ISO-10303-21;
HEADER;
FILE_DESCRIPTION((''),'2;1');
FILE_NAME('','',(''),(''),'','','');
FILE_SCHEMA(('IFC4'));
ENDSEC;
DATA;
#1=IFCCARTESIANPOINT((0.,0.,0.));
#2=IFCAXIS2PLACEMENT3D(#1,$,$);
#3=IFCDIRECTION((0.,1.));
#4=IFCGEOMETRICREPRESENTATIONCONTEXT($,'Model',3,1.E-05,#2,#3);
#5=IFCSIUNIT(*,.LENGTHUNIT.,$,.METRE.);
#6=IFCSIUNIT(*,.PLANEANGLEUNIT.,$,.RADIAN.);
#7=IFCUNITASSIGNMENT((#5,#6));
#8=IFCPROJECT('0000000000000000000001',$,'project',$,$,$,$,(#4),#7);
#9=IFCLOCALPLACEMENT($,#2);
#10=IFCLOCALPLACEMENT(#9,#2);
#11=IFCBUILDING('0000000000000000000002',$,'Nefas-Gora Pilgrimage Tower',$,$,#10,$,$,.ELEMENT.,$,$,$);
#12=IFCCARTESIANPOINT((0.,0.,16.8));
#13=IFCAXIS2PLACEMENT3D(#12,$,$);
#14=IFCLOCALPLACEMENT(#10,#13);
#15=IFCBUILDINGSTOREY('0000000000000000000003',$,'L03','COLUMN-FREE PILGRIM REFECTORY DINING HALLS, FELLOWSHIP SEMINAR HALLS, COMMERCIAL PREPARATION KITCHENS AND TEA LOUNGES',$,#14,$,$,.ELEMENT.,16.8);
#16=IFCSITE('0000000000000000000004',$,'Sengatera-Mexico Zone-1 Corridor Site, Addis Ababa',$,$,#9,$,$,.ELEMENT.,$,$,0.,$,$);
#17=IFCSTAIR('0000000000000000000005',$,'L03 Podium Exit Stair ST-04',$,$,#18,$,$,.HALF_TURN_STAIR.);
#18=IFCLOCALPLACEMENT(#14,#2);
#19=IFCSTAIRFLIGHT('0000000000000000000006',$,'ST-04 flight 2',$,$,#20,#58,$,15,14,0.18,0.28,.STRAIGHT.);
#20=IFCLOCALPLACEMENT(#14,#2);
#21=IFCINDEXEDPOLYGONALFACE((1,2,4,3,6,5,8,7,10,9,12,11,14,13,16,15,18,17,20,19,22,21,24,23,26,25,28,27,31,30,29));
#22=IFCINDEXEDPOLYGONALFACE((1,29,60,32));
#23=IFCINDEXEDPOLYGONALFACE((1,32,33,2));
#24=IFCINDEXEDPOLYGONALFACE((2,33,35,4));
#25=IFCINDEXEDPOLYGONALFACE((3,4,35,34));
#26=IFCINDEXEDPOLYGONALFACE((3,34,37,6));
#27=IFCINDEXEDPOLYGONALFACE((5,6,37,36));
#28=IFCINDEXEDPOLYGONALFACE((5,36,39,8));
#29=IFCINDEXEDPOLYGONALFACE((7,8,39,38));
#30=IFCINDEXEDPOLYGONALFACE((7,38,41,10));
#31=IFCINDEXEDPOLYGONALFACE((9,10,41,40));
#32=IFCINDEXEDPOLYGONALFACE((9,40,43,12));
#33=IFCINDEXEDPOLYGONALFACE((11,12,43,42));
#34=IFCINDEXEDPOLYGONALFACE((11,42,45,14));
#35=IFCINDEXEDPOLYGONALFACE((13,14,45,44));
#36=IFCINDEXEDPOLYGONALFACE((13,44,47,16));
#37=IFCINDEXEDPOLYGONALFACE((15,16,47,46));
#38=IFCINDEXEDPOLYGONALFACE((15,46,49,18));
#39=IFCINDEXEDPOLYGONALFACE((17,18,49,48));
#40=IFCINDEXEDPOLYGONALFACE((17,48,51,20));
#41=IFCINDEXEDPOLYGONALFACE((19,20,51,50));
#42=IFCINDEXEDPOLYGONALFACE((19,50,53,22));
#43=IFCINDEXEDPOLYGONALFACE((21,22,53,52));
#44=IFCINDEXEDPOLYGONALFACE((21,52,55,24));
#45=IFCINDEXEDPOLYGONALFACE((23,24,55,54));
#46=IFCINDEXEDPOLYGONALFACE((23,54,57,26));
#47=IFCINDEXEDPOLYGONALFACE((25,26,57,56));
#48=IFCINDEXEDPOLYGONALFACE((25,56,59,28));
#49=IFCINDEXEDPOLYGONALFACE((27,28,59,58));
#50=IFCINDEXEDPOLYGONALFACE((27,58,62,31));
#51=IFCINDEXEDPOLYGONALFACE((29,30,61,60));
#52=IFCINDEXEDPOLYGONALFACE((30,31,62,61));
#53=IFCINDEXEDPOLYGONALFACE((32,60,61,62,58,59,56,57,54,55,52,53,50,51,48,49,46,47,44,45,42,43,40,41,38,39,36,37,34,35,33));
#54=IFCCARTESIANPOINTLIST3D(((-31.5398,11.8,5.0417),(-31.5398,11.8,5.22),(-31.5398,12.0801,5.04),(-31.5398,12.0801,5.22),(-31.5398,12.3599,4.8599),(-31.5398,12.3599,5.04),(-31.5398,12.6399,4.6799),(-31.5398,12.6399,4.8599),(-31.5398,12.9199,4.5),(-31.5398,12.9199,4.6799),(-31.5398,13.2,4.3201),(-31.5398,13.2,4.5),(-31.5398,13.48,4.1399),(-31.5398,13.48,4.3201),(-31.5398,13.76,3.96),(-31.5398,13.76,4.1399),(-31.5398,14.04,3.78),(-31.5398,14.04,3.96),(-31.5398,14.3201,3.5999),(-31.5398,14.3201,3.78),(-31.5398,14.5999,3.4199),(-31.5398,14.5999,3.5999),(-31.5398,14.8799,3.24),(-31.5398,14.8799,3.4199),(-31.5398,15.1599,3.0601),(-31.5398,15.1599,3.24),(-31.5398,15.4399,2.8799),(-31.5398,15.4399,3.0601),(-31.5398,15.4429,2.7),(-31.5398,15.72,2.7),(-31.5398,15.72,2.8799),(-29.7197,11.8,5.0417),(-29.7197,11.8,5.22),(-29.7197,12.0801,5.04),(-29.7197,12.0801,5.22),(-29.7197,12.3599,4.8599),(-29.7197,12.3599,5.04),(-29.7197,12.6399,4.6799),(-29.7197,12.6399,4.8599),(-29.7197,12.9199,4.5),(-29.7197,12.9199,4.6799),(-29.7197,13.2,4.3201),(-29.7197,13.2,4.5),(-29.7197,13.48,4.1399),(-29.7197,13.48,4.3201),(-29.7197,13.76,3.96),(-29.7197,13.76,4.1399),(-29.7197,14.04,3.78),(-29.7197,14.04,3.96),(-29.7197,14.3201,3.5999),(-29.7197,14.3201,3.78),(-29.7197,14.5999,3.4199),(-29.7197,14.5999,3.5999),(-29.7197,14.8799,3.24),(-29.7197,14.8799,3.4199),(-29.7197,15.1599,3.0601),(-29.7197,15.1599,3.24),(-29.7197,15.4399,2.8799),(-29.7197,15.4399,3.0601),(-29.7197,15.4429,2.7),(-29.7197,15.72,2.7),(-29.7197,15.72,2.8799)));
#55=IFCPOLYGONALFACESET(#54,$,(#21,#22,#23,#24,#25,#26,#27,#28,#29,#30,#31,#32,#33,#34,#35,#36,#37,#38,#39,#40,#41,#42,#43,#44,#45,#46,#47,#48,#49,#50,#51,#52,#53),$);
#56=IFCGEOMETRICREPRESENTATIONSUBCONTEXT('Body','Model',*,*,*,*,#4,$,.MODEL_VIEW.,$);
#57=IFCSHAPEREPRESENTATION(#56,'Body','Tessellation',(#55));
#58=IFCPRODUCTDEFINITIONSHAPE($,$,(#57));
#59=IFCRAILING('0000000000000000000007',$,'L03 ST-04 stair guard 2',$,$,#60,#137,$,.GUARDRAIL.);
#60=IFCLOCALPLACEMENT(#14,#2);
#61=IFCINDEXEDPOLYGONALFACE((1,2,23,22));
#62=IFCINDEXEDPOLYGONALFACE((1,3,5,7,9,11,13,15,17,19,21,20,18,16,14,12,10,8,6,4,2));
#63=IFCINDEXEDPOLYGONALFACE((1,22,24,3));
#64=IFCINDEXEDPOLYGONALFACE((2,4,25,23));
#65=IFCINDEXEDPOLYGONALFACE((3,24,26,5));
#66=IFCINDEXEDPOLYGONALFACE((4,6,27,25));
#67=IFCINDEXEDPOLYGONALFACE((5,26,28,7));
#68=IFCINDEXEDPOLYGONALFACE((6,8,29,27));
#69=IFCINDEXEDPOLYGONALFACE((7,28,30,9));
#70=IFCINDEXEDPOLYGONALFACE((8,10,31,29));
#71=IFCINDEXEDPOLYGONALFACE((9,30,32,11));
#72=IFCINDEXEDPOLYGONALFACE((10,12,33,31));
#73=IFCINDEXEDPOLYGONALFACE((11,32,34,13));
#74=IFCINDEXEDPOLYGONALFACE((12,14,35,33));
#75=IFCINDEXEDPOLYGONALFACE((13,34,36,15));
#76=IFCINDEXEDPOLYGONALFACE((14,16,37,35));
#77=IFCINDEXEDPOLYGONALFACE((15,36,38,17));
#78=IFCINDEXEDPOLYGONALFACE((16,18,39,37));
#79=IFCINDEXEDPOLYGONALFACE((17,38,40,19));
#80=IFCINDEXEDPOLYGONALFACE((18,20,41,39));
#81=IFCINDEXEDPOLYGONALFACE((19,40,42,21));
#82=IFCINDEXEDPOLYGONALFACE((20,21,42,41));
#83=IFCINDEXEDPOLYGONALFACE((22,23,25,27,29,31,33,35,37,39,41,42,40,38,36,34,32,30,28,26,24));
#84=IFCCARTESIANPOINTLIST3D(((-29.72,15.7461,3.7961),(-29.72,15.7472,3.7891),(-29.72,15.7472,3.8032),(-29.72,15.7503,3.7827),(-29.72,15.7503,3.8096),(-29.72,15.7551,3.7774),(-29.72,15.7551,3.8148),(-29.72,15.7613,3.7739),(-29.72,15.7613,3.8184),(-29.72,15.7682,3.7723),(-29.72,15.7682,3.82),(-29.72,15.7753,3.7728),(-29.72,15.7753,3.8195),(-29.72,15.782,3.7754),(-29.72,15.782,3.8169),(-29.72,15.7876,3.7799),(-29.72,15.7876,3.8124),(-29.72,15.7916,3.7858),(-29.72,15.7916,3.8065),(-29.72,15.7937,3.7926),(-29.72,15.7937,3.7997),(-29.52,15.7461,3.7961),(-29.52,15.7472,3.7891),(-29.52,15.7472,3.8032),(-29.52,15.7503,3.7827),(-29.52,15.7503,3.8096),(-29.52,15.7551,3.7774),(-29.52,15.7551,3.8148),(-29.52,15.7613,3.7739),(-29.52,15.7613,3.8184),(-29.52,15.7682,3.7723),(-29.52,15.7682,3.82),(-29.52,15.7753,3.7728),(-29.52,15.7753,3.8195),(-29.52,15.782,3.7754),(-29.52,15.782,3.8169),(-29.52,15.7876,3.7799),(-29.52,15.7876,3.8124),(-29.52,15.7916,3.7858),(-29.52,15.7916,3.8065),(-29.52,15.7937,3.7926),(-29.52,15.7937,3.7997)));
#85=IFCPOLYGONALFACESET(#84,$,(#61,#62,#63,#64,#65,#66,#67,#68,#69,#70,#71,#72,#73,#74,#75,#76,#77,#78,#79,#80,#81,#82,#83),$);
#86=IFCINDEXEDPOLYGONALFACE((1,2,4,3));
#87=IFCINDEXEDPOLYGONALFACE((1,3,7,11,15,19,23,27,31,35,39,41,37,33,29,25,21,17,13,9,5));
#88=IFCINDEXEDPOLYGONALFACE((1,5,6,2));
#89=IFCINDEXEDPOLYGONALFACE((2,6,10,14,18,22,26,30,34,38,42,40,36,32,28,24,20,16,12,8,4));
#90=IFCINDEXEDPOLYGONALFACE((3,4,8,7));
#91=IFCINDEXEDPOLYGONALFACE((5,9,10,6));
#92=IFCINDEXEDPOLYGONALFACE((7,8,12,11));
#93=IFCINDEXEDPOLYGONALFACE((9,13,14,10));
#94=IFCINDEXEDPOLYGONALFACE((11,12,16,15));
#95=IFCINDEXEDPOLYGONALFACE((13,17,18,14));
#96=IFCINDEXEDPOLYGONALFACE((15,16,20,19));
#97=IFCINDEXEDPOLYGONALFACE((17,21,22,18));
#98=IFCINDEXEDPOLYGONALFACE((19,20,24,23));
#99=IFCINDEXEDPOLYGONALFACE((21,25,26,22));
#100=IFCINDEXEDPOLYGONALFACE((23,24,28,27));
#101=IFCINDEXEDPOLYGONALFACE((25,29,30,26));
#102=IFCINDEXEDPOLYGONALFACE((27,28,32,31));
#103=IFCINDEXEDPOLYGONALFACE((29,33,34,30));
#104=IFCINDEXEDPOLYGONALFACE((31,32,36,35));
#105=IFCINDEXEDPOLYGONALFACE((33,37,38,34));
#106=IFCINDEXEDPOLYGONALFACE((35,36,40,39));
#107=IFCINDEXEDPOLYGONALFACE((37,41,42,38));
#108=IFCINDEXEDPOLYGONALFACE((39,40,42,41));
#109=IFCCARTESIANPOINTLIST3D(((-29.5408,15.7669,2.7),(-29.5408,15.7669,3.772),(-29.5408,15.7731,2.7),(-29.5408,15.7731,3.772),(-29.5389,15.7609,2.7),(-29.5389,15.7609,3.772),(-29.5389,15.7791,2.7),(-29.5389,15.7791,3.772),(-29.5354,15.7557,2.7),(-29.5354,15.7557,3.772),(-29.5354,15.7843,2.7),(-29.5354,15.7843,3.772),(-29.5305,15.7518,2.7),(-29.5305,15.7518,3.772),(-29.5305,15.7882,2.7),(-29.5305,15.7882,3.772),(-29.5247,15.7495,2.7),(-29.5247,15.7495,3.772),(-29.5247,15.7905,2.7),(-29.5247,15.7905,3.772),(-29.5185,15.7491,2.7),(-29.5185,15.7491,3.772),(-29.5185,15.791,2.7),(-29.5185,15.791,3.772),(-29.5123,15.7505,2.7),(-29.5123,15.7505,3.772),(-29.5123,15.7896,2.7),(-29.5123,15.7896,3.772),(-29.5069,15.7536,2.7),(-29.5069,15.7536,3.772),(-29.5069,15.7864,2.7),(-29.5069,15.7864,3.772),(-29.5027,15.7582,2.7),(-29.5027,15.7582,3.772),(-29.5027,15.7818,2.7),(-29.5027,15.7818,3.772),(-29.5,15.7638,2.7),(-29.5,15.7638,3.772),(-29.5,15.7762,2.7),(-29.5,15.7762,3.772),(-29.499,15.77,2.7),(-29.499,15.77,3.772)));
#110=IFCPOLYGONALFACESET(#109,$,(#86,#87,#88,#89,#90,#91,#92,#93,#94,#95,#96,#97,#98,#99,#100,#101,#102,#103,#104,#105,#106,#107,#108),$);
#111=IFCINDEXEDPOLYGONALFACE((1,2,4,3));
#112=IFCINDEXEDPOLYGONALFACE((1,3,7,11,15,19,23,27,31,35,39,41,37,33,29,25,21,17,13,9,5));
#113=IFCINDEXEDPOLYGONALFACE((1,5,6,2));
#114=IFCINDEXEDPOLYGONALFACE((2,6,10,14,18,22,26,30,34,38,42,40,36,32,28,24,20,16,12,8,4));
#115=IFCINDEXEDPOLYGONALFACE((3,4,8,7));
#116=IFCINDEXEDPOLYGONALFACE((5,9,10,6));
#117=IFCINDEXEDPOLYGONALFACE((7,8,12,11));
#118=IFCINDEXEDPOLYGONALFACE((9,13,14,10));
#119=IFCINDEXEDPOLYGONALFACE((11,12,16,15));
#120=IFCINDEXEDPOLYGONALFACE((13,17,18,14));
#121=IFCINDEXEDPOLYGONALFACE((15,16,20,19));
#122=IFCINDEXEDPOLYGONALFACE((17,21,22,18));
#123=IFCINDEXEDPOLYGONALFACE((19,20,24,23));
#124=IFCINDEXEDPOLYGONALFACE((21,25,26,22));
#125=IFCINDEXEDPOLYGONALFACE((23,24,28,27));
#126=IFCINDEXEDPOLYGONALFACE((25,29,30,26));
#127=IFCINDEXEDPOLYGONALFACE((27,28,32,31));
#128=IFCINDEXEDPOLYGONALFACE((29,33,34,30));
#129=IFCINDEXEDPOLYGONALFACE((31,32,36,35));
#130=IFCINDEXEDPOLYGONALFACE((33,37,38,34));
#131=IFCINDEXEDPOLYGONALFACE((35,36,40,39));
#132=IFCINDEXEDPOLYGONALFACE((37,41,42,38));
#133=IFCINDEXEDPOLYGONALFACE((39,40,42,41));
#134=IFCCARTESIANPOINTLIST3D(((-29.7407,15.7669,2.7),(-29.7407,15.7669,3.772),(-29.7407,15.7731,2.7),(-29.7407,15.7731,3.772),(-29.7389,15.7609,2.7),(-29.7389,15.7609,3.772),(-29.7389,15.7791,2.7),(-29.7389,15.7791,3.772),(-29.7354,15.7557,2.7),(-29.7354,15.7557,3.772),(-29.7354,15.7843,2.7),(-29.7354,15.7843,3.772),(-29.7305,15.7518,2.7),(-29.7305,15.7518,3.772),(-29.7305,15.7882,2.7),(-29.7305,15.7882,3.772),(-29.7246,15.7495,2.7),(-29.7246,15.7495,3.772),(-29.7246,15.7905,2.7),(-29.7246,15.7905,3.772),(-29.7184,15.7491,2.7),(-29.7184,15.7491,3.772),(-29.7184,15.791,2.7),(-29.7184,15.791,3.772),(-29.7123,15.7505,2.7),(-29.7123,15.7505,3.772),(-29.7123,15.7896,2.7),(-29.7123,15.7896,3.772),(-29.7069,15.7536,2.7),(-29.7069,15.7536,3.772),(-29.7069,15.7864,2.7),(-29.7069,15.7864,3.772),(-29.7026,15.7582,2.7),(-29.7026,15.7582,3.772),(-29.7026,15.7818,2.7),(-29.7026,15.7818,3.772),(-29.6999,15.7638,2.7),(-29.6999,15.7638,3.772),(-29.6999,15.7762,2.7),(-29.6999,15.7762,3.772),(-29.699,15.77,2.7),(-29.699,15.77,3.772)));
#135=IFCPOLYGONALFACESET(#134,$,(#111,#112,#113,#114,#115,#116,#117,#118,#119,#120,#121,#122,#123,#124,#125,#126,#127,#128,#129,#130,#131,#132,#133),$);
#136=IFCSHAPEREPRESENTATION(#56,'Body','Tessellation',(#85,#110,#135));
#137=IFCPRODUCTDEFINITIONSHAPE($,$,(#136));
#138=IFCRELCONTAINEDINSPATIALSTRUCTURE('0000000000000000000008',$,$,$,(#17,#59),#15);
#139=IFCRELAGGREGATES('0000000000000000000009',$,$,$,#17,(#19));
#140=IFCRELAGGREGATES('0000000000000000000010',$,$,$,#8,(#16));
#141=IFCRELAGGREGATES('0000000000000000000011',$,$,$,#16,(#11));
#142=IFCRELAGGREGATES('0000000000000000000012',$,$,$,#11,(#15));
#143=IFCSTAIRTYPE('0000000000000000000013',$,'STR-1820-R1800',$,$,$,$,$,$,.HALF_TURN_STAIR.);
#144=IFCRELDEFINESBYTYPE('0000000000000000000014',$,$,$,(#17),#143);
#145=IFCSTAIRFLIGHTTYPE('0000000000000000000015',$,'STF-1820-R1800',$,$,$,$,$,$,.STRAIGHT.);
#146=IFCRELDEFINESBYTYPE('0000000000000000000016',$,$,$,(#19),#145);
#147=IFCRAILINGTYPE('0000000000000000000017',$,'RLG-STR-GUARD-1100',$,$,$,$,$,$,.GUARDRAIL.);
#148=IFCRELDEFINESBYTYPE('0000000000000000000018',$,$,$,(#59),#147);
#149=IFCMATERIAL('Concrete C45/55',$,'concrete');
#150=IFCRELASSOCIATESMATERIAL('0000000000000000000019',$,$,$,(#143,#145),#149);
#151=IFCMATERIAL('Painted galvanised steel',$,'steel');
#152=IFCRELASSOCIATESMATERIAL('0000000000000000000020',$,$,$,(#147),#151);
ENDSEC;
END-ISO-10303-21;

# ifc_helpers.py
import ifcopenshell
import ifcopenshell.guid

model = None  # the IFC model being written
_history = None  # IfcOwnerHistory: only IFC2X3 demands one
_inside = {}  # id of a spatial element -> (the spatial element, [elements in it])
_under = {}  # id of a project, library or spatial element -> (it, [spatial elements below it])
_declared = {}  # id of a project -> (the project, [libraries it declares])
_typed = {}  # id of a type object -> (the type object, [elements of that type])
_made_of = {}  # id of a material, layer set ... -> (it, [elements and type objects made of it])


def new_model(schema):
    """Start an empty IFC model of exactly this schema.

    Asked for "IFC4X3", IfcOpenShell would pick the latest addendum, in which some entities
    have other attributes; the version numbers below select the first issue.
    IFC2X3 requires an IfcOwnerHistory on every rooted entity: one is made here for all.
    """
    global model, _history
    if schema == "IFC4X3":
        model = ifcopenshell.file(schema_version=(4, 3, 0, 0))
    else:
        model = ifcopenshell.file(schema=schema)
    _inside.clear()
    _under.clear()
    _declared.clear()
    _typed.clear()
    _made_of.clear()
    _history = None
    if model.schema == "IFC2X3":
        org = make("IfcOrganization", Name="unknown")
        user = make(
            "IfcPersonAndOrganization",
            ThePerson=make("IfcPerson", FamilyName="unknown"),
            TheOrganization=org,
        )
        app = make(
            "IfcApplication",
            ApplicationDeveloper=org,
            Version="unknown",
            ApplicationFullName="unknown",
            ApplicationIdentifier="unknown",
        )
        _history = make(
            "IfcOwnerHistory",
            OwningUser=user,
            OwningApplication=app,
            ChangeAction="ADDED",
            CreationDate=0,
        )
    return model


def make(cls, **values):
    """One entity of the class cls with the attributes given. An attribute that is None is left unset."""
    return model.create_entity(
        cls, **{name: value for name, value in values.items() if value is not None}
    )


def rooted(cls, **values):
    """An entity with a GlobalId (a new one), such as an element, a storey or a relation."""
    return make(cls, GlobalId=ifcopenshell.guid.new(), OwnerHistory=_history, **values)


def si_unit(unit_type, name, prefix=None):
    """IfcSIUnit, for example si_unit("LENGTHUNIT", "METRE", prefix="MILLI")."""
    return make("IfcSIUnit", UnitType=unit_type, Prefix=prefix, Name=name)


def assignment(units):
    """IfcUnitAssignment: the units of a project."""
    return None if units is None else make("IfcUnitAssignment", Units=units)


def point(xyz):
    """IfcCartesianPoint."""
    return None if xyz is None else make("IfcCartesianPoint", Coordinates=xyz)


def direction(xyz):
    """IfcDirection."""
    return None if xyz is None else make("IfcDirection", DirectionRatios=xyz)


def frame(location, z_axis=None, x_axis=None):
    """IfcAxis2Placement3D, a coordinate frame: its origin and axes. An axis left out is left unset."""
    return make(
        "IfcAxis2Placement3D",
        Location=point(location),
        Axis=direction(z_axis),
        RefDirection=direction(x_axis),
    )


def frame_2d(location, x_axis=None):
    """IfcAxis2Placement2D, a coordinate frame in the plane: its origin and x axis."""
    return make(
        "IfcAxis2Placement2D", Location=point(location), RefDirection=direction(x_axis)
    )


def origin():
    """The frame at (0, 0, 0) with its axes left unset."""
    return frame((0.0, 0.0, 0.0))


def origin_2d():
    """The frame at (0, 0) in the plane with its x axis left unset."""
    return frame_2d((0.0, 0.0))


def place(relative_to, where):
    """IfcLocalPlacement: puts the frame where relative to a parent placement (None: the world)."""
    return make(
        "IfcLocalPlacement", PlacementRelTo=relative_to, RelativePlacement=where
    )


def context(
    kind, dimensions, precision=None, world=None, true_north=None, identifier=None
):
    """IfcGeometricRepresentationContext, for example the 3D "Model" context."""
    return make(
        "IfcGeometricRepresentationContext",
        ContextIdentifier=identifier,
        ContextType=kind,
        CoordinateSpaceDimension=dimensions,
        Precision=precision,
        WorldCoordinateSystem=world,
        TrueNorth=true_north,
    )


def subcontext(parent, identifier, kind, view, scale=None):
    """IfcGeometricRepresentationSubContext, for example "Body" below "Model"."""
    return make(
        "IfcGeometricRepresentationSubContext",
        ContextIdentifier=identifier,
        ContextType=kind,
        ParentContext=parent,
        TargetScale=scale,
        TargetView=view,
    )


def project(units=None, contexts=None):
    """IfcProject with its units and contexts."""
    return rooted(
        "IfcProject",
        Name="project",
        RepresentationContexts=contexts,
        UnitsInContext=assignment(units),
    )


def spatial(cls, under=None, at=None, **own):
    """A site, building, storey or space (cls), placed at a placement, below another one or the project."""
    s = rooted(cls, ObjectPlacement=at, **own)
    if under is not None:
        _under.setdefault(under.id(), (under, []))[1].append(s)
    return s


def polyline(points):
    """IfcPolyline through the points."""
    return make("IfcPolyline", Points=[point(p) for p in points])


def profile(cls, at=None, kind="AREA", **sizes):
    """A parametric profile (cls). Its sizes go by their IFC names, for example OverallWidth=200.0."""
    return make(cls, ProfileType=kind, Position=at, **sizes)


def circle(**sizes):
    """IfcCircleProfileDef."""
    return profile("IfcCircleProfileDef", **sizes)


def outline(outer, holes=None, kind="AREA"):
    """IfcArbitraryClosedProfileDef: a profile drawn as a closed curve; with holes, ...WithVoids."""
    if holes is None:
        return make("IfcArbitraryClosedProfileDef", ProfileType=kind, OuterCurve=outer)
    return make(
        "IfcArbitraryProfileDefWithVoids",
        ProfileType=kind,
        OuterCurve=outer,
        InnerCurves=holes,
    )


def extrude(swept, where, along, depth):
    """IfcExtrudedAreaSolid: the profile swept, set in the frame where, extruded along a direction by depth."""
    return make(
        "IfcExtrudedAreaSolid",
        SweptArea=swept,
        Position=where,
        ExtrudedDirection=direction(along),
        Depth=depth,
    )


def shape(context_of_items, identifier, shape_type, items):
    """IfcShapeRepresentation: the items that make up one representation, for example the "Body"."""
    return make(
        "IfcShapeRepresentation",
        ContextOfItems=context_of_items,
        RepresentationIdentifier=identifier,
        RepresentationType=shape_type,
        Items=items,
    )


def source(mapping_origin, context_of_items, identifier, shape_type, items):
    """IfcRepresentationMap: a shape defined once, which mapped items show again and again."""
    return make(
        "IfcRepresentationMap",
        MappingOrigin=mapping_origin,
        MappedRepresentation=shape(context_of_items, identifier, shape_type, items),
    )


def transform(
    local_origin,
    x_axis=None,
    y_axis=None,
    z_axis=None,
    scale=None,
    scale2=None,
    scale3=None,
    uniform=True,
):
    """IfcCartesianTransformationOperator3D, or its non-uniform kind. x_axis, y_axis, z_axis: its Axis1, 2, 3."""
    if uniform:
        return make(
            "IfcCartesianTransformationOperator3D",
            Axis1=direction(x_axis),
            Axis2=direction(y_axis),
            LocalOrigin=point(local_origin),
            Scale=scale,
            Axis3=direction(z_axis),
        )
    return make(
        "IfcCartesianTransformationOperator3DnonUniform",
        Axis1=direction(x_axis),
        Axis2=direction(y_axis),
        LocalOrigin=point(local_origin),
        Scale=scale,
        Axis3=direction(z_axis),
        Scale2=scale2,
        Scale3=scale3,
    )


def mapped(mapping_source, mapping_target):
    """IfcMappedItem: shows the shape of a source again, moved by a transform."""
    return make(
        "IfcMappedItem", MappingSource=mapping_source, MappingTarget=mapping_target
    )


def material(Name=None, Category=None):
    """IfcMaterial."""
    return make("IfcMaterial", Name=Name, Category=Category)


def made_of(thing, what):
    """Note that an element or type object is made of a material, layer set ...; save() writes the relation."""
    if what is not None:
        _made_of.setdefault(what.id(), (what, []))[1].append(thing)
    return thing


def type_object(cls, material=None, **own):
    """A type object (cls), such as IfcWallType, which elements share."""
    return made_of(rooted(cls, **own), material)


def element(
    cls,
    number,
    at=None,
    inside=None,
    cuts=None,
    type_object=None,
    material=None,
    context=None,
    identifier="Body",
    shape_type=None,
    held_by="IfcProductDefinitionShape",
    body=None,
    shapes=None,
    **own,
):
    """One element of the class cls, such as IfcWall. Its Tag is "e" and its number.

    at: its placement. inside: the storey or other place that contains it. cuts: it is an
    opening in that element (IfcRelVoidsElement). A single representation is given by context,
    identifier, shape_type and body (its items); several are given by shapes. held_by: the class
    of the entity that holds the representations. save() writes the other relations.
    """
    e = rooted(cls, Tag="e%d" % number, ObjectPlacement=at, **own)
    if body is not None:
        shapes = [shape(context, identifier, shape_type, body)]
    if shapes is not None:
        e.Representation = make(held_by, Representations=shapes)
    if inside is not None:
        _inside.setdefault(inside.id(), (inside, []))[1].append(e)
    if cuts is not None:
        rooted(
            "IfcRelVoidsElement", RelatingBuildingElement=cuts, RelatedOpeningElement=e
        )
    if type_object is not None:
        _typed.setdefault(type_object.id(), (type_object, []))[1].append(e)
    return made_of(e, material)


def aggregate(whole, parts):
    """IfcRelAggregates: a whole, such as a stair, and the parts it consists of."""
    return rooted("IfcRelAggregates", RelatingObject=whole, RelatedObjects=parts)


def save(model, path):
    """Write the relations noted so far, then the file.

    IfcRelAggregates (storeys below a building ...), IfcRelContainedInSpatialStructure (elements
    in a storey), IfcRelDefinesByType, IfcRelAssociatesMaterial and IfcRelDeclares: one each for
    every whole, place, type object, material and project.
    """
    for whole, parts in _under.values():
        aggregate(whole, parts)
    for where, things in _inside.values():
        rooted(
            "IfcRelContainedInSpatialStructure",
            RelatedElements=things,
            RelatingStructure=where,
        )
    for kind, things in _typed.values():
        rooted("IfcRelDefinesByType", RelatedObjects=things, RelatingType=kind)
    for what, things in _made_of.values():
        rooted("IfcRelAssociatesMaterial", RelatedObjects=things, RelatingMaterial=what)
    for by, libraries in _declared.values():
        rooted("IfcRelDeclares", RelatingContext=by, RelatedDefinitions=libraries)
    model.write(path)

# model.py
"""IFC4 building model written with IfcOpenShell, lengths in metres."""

from ifc_helpers import new_model, si_unit, direction, frame, origin, origin_2d, place, context, subcontext, project, spatial, polyline, circle, outline, extrude, source, transform, mapped, material, type_object, element, aggregate, save


model = new_model("IFC4")

# Units and contexts
model_context = context("Model", 3, precision=1e-05, world=origin(), true_north=direction((0.0, 1.0)))
body_context = subcontext(model_context, "Body", "Model", "MODEL_VIEW")
ifc_project = project(units=[si_unit("LENGTHUNIT", "METRE"), si_unit("PLANEANGLEUNIT", "RADIAN")], contexts=[model_context])

# Site, building, storey
site_placement = place(None, origin())
site = spatial("IfcSite", under=ifc_project, at=site_placement, Name="Sengatera-Mexico Zone-1 Corridor Site, Addis Ababa", CompositionType="ELEMENT", RefElevation=0.0)
building_placement = place(site_placement, origin())
building = spatial("IfcBuilding", under=site, at=building_placement, Name="Nefas-Gora Pilgrimage Tower", CompositionType="ELEMENT")
storey_placement = place(building_placement, frame((0.0, 0.0, 16.8)))
storey = spatial("IfcBuildingStorey", under=building, at=storey_placement, Name="L03", Description="COLUMN-FREE PILGRIM REFECTORY DINING HALLS, FELLOWSHIP SEMINAR HALLS, COMMERCIAL PREPARATION KITCHENS AND TEA LOUNGES", CompositionType="ELEMENT", Elevation=16.8)

# Shared definitions
ifc_material_1 = material(Name="Concrete C45/55", Category="concrete")

# Stair, stair flight
stair_type = type_object("IfcStairType", Name="STR-1820-R1800", PredefinedType="HALF_TURN_STAIR", material=ifc_material_1)
stair_placement = place(storey_placement, origin())
stair = element("IfcStair", 1, at=stair_placement, inside=storey, type_object=stair_type, Name="L03 Podium Exit Stair ST-04", PredefinedType="HALF_TURN_STAIR")
stair_flight_type = type_object("IfcStairFlightType", Name="STF-1820-R1800", PredefinedType="STRAIGHT", material=ifc_material_1)
shared_shape_1 = source(origin(), body_context, "Body", "SweptSolid", [
    extrude(outline(polyline([(0.0, 0.0), (0.0, 0.1799), (0.28, 0.1799), (0.28, 0.3601), (0.5601, 0.3601), (0.5601, 0.54), (0.8401, 0.54), (0.8401, 0.72), (1.1201, 0.72), (1.1201, 0.8999), (1.3999, 0.8999), (1.3999, 1.0801), (1.6799, 1.0801), (1.6799, 1.26), (1.96, 1.26), (1.96, 1.4399), (2.24, 1.4399), (2.24, 1.6201), (2.52, 1.6201), (2.52, 1.8), (2.8, 1.8), (2.8, 1.98), (3.0801, 1.98), (3.0801, 2.1599), (3.3601, 2.1599), (3.3601, 2.3401), (3.6399, 2.3401), (3.6399, 2.52), (3.9199, 2.52), (3.9199, 2.7), (3.9199, 2.3418), (0.2771, 0.0), (0.0, 0.0)])), frame((0.0, 0.9102, 0.0), z_axis=(0.0, -1.0, 0.0), x_axis=(1.0, 0.0, 0.0)), (0.0, 0.0, 1.0), 1.8201),
])
stair_flight_placement = place(storey_placement, frame((-30.6299, 15.72, 2.7), z_axis=(0.0, 0.0, 1.0), x_axis=(0.0, -1.0, 0.0)))
stair_flight = element("IfcStairFlight", 2, at=stair_flight_placement, type_object=stair_flight_type, Name="ST-04 flight 2", NumberOfRisers=15, NumberOfTreads=14, PredefinedType="STRAIGHT", RiserHeight=0.18, TreadLength=0.28, context=body_context, shape_type="MappedRepresentation", body=[
    mapped(shared_shape_1, transform((0.0, 0.0, 0.0), x_axis=(1.0, 0.0, 0.0), y_axis=(0.0, 1.0, 0.0), z_axis=(0.0, 0.0, 1.0), scale=1.0)),
])
aggregate(stair, [stair_flight])

# Railing
ifc_material_2 = material(Name="Painted galvanised steel", Category="steel")
railing_type_1 = type_object("IfcRailingType", Name="RLG-STR-GUARD-1100", PredefinedType="GUARDRAIL", material=ifc_material_2)
railing_1_placement = place(storey_placement, frame((-29.52, 15.77, 2.7)))
element("IfcRailing", 3, at=railing_1_placement, inside=storey, type_object=railing_type_1, Name="L03 ST-04 stair guard 2", PredefinedType="GUARDRAIL", context=body_context, shape_type="SweptSolid", body=[
    extrude(circle(Radius=0.0239, at=origin_2d()), frame((0.0, 0.0, 1.0962), z_axis=(-1.0, 0.0, 0.0), x_axis=(0.0, -1.0, 0.0)), (0.0, 0.0, 1.0), 0.2),
    extrude(circle(Radius=0.021, at=origin_2d()), origin(), (0.0, 0.0, 1.0), 1.072),
    extrude(circle(Radius=0.021, at=origin_2d()), frame((-0.2, 0.0, 0.0)), (0.0, 0.0, 1.0), 1.072),
])

save(model, "model.ifc")
